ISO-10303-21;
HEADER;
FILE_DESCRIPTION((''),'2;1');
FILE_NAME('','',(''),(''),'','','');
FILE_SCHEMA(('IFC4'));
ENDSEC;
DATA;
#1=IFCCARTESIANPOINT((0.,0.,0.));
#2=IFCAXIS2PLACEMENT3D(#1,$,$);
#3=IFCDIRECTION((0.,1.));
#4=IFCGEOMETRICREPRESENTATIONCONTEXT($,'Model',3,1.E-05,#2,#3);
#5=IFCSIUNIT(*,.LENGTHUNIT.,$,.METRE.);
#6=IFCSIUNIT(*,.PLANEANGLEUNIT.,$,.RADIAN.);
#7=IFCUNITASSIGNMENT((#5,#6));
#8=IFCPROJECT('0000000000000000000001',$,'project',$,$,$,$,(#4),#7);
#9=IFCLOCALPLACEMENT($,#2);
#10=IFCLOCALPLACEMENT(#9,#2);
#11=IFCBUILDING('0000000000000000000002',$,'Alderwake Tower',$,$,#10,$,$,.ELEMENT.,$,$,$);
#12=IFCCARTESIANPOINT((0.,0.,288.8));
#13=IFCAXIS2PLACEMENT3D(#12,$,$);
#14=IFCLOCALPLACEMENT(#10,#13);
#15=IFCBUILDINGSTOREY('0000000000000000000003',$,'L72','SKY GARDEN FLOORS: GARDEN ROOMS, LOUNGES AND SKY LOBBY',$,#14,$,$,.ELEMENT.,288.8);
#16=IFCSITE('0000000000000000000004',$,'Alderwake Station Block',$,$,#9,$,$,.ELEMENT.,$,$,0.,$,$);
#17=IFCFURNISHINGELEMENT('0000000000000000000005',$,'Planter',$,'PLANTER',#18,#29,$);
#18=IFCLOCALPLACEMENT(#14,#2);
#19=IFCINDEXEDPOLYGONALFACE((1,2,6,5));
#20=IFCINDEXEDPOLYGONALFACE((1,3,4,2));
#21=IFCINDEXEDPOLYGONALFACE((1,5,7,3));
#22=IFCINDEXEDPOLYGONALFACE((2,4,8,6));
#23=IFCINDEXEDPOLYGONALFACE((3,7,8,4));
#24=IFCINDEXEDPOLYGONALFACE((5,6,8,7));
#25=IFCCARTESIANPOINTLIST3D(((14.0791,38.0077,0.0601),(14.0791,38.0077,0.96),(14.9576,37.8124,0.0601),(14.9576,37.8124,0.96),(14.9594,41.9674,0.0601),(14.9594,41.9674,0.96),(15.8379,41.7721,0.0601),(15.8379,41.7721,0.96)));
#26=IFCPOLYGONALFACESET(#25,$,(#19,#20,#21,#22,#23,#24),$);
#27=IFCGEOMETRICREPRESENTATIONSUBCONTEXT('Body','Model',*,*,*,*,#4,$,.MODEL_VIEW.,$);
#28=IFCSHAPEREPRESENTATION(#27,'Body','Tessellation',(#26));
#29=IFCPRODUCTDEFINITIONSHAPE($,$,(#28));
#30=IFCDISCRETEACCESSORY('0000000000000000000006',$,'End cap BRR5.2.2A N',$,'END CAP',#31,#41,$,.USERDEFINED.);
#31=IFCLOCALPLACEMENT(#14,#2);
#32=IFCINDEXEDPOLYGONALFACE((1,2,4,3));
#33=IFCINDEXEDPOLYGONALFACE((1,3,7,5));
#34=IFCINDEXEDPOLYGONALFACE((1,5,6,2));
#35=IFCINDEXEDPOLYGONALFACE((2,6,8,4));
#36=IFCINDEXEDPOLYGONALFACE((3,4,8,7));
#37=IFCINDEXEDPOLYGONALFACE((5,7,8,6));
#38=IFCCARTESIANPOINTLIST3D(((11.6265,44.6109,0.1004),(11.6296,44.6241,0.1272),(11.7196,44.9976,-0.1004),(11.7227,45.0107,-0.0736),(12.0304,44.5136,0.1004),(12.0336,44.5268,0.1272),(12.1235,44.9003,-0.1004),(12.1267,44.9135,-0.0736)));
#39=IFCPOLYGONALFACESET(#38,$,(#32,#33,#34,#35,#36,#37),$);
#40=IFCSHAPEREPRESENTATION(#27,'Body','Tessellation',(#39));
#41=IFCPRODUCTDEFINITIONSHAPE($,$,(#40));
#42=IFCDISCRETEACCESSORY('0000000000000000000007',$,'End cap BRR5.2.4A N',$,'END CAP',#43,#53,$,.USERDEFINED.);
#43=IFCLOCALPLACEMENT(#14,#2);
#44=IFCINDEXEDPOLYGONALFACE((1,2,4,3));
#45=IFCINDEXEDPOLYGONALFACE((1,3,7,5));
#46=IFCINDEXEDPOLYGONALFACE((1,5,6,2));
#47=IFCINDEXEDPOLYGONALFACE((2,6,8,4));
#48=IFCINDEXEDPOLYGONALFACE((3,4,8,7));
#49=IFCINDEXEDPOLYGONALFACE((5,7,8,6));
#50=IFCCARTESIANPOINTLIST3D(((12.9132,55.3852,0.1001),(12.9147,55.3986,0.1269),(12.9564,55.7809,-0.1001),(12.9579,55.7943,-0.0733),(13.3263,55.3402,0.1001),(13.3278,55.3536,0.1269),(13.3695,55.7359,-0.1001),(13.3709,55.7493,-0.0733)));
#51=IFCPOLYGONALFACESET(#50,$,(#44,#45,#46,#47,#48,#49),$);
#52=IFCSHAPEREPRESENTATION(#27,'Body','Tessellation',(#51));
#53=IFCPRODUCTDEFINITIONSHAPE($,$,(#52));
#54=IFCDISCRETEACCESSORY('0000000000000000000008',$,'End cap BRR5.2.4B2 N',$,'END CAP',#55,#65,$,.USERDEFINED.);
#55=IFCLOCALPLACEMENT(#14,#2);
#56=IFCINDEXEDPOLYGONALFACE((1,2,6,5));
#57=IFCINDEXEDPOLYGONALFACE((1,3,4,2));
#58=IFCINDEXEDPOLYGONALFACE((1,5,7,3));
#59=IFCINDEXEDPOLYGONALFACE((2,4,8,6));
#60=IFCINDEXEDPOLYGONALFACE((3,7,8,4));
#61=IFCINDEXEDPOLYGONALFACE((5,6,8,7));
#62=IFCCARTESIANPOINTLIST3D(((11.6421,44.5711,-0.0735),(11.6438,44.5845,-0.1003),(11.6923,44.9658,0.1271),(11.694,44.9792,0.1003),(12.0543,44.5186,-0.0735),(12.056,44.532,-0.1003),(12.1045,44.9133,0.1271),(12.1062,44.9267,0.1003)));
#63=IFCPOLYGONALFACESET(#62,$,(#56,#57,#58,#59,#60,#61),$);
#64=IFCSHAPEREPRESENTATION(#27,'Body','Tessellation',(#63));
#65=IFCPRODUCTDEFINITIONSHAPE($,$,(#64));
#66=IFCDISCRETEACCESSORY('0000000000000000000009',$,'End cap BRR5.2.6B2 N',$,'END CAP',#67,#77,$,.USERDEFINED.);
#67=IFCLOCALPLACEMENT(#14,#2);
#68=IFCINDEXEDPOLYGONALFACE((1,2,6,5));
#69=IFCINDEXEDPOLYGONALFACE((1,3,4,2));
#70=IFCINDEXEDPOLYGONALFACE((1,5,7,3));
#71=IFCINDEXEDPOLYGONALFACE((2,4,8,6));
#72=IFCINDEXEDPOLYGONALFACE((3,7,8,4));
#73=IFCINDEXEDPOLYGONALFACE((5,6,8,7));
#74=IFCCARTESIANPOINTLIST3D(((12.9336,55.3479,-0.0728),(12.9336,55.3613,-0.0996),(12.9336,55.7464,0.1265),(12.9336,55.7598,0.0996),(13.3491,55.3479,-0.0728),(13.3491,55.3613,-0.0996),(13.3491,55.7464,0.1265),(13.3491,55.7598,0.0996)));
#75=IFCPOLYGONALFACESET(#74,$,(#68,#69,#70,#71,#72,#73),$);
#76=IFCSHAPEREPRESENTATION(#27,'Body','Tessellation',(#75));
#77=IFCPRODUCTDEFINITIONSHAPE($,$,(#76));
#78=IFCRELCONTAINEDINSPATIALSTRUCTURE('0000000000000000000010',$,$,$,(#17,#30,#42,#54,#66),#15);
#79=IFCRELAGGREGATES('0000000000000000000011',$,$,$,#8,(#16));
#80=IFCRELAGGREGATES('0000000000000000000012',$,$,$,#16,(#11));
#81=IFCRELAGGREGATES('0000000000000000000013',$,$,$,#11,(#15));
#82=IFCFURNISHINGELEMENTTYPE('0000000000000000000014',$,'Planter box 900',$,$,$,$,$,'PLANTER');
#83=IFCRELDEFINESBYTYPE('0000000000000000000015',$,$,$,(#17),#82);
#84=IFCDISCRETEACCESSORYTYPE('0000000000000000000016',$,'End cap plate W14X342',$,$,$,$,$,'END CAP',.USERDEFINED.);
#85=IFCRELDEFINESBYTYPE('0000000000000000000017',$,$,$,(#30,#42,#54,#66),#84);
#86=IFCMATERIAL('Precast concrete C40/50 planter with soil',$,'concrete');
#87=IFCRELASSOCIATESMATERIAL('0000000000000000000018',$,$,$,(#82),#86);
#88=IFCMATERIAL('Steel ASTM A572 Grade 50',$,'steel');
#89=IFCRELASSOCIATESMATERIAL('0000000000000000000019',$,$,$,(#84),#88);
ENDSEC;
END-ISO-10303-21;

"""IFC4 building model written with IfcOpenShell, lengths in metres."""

from ifc_helpers import new_model, si_unit, direction, frame, origin, origin_2d, place, context, subcontext, project, spatial, rectangle, extrude, material, material_profile, profile_set, type_object, element, save


model = new_model("IFC4")

# Units and contexts
model_context = context("Model", 3, precision=1e-05, world=origin(), true_north=direction((0.0, 1.0)))
body_context = subcontext(model_context, "Body", "Model", "MODEL_VIEW")
ifc_project = project(units=[si_unit("LENGTHUNIT", "METRE"), si_unit("PLANEANGLEUNIT", "RADIAN")], contexts=[model_context])

# Site, building, storey
site_placement = place(None, origin())
site = spatial("IfcSite", under=ifc_project, at=site_placement, Name="Alderwake Station Block", CompositionType="ELEMENT", RefElevation=0.0)
building_placement = place(site_placement, origin())
building = spatial("IfcBuilding", under=site, at=building_placement, Name="Alderwake Tower", CompositionType="ELEMENT")
storey_placement = place(building_placement, frame((0.0, 0.0, 288.8)))
storey = spatial("IfcBuildingStorey", under=building, at=storey_placement, Name="L72", Description="SKY GARDEN FLOORS: GARDEN ROOMS, LOUNGES AND SKY LOBBY", CompositionType="ELEMENT", Elevation=288.8)

# Furnishing element
ifc_material_1 = material(Name="Precast concrete C40/50 planter with soil", Category="concrete")
furnishing_element_type = type_object("IfcFurnishingElementType", Name="Planter box 900", ElementType="PLANTER", material=ifc_material_1)
furnishing_placement = place(storey_placement, frame((14.9585, 39.8899, 0.0601), z_axis=(0.0, 0.0, 1.0), x_axis=(0.976169, -0.21701, 0.0)))
element("IfcFurnishingElement", 1, at=furnishing_placement, inside=storey, type_object=furnishing_element_type, Name="Planter", ObjectType="PLANTER", context=body_context, shape_type="SweptSolid", body=[
    extrude(rectangle(XDim=0.8999, YDim=4.0564, at=origin_2d()), origin(), (0.0, 0.0, 1.0), 0.8999),
])

# Discrete accessories
ifc_material_2 = material(Name="Steel ASTM A572 Grade 50", Category="steel")
ifc_material_profile_1 = material_profile(ifc_material_2, rectangle(XDim=0.4155, YDim=0.4456, at=origin_2d()), Name="W14X342 cap")
ifc_profile_set_1 = profile_set([ifc_material_profile_1], Name="Steel ASTM A572 Grade 50")
discrete_accessory_type = type_object("IfcDiscreteAccessoryType", Name="End cap plate W14X342", ElementType="END CAP", PredefinedType="USERDEFINED", material=ifc_profile_set_1)
for number, where, z_axis, x_axis, name in (
    (2, (11.875, 44.7556, 0.0), (0.105496, 0.438214, 0.892658), (-0.972224, 0.234054, 0.0), "End cap BRR5.2.2A N"),
    (3, (13.1414, 55.5605, 0.0), (0.048729, 0.446682, 0.893365), (-0.994102, 0.108448, 0.0), "End cap BRR5.2.4A N"),
    (4, (11.875, 44.7556, 0.0), (-0.056826, -0.446491, 0.892982), (0.991998, -0.126254, 0.0), "End cap BRR5.2.4B2 N"),
    (5, (13.1414, 55.5605, 0.0), (0.0, -0.447214, 0.894427), (1.0, 0.0, 0.0), "End cap BRR5.2.6B2 N"),
):
    element("IfcDiscreteAccessory", number, at=place(storey_placement, frame(where, z_axis=z_axis, x_axis=x_axis)), inside=storey, type_object=discrete_accessory_type, Name=name, ObjectType="END CAP", PredefinedType="USERDEFINED", context=body_context, shape_type="SweptSolid", body=[
        extrude(rectangle(XDim=0.4155, YDim=0.4456, at=origin_2d()), origin(), (0.0, 0.0, 1.0), 0.03),
    ])

save(model, "model.ifc")
